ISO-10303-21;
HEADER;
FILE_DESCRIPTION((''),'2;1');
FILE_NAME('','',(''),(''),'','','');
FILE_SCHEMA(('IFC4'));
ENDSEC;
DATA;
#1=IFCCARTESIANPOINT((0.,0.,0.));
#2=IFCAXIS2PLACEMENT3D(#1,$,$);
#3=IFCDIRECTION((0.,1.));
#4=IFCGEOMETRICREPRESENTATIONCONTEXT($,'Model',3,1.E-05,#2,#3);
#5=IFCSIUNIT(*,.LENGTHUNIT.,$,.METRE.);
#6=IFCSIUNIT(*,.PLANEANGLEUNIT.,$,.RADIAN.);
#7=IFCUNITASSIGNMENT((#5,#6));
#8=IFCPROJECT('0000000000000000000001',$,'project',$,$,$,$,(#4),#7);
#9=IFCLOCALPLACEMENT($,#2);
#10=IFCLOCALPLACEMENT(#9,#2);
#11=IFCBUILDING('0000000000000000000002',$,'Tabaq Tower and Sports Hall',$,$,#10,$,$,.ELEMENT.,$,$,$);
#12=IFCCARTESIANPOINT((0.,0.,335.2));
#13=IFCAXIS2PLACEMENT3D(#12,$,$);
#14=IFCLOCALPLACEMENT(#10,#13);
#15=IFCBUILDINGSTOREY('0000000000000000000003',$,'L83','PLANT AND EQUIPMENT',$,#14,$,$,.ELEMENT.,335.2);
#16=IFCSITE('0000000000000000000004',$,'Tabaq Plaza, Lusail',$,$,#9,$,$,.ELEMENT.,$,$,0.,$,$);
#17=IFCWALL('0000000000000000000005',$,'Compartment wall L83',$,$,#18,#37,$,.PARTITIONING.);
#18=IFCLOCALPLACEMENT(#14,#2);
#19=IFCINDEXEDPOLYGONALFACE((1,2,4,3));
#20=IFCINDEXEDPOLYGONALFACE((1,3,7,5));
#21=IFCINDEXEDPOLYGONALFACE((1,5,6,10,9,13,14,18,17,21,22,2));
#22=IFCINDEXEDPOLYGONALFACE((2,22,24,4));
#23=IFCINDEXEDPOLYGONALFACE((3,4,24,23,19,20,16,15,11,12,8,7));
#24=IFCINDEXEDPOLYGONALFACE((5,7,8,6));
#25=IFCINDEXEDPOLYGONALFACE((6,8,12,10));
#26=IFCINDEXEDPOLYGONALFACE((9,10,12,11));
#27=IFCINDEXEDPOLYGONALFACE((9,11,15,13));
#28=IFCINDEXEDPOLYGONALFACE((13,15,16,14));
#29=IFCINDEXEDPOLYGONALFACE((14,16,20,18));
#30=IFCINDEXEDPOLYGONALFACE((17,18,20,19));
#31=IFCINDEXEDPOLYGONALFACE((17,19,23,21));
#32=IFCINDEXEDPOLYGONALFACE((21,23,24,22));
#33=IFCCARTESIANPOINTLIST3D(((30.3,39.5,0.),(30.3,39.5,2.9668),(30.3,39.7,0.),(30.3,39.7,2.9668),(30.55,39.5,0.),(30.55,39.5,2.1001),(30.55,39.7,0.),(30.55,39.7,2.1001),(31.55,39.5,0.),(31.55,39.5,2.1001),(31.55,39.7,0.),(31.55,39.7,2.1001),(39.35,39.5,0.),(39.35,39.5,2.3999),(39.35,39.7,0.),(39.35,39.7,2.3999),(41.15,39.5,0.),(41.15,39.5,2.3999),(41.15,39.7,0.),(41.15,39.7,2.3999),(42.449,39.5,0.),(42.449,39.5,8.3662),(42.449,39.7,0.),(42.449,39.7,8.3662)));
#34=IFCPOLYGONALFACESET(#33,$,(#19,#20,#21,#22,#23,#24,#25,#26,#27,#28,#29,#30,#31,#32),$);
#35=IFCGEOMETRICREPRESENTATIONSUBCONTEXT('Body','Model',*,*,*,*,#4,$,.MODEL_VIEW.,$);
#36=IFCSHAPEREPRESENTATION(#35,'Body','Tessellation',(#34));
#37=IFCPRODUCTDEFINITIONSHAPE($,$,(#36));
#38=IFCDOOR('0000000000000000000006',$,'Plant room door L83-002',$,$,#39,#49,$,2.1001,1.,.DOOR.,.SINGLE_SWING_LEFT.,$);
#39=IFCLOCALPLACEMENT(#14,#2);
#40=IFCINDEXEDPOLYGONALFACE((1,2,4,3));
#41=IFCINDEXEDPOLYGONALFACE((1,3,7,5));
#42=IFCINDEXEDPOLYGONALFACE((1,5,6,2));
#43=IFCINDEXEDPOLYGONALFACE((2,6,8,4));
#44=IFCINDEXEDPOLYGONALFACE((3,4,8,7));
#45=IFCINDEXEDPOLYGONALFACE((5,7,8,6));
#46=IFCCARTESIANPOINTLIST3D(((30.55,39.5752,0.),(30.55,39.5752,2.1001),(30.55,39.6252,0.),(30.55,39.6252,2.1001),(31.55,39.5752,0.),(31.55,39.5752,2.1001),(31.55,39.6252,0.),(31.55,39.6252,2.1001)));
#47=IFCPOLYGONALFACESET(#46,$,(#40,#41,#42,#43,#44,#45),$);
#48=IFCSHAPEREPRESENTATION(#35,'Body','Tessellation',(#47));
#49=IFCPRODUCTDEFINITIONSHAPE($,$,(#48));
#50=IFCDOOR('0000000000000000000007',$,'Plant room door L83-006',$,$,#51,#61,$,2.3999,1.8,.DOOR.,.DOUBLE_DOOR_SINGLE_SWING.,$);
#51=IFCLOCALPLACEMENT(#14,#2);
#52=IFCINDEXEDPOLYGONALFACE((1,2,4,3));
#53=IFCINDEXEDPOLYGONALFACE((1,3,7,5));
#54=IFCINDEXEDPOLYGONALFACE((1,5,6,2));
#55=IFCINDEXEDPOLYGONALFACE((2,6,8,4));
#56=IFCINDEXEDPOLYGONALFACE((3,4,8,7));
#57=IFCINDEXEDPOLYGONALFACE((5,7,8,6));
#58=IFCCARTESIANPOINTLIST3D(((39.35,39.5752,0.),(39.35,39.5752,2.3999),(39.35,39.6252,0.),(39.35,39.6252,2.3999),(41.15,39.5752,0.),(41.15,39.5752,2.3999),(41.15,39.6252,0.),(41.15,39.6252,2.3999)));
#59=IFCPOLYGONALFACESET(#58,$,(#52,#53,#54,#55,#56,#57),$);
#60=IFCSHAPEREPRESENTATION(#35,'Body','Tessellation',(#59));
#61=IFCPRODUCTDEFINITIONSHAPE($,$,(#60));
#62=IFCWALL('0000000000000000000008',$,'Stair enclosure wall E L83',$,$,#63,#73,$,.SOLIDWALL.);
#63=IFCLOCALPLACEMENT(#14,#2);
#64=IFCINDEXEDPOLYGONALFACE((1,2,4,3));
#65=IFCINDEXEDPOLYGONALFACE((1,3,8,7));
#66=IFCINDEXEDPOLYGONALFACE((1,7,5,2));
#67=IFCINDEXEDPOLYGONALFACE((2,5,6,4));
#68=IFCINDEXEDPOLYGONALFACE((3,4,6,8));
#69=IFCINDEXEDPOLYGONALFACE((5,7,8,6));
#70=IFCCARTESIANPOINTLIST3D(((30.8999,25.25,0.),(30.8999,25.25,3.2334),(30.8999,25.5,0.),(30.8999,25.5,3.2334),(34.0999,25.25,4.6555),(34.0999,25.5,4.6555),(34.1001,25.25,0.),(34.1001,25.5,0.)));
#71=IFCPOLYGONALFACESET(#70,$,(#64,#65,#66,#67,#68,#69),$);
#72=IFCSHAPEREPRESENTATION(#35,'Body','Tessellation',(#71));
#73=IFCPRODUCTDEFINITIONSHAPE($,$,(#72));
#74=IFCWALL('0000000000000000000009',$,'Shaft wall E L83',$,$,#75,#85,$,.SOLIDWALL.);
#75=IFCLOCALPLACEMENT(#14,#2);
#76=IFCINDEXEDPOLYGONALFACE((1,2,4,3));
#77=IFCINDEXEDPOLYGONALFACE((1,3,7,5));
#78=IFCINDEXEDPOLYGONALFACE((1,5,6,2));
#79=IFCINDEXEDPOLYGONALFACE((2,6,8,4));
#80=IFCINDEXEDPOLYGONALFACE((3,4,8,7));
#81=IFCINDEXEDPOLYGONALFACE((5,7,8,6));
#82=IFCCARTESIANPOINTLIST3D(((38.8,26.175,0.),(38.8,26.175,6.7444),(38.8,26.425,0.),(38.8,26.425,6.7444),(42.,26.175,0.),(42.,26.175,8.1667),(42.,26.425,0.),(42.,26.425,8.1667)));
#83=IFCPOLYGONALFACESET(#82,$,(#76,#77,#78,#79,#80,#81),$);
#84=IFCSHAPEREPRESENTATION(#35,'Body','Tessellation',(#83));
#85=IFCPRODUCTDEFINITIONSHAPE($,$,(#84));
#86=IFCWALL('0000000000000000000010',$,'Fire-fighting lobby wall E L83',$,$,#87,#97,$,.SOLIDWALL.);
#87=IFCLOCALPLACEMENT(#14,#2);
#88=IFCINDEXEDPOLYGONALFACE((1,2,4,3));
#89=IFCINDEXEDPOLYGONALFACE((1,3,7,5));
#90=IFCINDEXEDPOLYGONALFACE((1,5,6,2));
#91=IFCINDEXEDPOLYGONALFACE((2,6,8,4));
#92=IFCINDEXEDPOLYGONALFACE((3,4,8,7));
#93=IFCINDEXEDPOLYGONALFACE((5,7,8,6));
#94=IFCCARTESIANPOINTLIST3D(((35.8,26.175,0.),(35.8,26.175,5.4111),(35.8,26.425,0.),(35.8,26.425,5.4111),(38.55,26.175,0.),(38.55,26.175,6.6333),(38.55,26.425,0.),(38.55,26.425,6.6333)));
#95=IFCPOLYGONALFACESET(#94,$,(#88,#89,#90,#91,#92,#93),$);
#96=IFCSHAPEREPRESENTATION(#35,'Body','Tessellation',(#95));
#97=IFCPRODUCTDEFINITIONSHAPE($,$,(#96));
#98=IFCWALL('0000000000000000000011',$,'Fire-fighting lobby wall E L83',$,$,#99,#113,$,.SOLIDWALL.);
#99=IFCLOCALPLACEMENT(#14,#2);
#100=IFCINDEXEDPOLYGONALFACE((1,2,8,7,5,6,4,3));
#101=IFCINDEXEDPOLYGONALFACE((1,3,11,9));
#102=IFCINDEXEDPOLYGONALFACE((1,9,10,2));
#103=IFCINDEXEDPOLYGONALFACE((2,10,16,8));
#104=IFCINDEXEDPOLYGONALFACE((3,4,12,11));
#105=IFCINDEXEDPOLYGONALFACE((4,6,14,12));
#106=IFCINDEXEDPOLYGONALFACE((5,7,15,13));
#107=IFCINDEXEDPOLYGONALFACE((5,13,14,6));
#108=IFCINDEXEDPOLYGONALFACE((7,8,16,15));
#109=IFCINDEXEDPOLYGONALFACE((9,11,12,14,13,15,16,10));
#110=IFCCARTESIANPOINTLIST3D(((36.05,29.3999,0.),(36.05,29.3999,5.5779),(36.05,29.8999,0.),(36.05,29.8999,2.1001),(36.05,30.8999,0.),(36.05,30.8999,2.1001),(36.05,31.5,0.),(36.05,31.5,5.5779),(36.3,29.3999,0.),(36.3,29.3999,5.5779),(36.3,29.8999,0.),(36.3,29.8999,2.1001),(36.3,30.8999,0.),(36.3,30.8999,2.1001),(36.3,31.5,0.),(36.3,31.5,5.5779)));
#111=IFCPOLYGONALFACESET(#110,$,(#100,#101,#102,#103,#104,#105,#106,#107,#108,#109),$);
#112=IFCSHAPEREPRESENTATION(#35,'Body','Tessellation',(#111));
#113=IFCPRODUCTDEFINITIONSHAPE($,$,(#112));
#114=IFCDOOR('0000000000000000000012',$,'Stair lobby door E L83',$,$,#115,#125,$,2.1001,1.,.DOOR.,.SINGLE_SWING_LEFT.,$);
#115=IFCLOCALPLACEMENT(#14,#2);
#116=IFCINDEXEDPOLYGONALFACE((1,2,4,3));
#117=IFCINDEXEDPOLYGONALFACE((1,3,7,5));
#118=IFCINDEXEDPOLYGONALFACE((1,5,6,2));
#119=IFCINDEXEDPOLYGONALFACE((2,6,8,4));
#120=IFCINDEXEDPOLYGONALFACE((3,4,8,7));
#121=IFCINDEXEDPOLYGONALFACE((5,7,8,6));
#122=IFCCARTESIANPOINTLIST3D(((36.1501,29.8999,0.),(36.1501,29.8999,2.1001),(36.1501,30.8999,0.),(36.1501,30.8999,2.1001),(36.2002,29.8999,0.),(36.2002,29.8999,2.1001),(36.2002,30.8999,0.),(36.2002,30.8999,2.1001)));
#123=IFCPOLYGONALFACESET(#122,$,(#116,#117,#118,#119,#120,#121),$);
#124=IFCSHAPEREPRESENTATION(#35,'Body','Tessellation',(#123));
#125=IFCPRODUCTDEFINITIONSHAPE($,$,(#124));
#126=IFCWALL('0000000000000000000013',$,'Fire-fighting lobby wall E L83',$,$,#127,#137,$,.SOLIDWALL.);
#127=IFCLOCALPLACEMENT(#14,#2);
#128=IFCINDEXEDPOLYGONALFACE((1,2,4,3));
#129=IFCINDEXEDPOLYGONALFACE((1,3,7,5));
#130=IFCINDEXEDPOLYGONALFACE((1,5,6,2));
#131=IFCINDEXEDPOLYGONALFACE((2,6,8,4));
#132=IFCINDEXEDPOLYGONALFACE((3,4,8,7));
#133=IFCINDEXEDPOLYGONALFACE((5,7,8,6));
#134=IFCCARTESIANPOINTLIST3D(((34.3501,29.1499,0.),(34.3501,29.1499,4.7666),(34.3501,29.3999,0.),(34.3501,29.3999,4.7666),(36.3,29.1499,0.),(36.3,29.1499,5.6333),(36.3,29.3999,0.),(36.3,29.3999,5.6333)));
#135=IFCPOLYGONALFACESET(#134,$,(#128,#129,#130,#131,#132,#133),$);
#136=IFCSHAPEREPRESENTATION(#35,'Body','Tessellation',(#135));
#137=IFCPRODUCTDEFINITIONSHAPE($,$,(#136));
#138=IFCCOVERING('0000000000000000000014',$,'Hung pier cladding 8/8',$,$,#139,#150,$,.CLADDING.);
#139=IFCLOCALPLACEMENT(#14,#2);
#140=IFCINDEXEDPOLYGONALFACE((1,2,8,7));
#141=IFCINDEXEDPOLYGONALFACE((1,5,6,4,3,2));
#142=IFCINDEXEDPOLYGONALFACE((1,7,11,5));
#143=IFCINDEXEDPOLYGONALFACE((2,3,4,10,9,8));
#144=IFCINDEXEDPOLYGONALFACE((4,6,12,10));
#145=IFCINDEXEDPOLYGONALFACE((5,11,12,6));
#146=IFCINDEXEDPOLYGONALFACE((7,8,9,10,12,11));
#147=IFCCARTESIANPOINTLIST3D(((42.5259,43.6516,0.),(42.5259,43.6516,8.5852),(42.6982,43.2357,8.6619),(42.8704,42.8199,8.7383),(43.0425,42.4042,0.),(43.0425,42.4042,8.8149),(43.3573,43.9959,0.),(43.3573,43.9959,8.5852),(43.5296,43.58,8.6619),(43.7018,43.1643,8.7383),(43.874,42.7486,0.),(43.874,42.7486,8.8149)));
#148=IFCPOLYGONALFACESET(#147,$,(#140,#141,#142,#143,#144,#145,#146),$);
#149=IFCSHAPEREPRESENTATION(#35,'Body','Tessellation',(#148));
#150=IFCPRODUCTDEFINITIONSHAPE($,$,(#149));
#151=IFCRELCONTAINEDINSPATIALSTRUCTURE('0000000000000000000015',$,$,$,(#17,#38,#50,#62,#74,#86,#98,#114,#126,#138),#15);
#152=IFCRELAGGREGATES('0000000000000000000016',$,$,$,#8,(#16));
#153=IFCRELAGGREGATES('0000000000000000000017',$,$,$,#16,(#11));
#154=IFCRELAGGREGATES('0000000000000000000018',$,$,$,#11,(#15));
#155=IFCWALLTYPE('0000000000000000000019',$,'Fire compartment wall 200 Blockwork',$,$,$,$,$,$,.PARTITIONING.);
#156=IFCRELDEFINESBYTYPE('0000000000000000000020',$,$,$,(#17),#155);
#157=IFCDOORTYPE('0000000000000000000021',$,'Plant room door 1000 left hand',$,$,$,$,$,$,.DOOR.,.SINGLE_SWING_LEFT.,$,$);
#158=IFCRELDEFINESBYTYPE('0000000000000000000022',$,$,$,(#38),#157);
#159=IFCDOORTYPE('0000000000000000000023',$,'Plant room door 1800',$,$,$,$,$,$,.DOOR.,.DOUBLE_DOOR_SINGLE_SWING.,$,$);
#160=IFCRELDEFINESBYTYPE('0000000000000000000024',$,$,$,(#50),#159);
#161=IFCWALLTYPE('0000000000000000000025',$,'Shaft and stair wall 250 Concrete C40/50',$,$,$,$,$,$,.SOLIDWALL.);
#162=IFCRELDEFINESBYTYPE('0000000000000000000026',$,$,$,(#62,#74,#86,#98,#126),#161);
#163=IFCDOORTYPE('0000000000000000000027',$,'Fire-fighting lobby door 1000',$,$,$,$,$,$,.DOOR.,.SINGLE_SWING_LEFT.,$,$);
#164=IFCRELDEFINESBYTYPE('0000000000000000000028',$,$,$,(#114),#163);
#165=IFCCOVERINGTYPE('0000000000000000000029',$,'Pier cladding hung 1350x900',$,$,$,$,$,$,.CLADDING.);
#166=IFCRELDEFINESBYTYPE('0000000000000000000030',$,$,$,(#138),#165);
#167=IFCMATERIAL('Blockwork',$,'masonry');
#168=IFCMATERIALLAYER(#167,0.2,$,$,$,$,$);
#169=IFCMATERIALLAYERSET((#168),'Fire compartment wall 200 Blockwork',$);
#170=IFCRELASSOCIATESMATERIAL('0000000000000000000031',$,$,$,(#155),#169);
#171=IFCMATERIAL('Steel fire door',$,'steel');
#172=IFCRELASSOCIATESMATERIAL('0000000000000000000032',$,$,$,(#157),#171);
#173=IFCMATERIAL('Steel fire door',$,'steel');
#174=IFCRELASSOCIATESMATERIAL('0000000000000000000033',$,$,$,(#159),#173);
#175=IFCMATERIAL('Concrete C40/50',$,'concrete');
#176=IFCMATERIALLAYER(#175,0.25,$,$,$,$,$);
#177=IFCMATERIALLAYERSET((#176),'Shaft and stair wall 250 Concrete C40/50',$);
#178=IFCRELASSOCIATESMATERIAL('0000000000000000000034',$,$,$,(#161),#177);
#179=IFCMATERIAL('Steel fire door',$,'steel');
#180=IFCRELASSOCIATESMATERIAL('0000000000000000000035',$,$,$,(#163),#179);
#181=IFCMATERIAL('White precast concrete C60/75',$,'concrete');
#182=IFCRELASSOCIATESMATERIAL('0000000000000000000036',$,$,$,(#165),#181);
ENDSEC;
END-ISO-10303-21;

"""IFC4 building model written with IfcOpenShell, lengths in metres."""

from ifc_helpers import new_model, si_unit, direction, frame, frame_2d, origin, place, context, subcontext, project, spatial, polyline, rectangle, outline, extrude, material, layer, layer_set, type_object, element, fill, save


model = new_model("IFC4")

# Units and contexts
model_context = context("Model", 3, precision=1e-05, world=origin(), true_north=direction((0.0, 1.0)))
body_context = subcontext(model_context, "Body", "Model", "MODEL_VIEW")
ifc_project = project(units=[si_unit("LENGTHUNIT", "METRE"), si_unit("PLANEANGLEUNIT", "RADIAN")], contexts=[model_context])

# Site, building, storey
site_placement = place(None, origin())
site = spatial("IfcSite", under=ifc_project, at=site_placement, Name="Tabaq Plaza, Lusail", CompositionType="ELEMENT", RefElevation=0.0)
building_placement = place(site_placement, origin())
building = spatial("IfcBuilding", under=site, at=building_placement, Name="Tabaq Tower and Sports Hall", CompositionType="ELEMENT")
storey_placement = place(building_placement, frame((0.0, 0.0, 335.2)))
storey = spatial("IfcBuildingStorey", under=building, at=storey_placement, Name="L83", Description="PLANT AND EQUIPMENT", CompositionType="ELEMENT", Elevation=335.2)

# Shared definitions
ifc_material_1 = material(Name="Blockwork", Category="masonry")
ifc_layer_1 = layer(ifc_material_1, 0.2)
ifc_layer_set_1 = layer_set([ifc_layer_1], Name="Fire compartment wall 200 Blockwork")
wall_type_1 = type_object("IfcWallType", Name="Fire compartment wall 200 Blockwork", PredefinedType="PARTITIONING", material=ifc_layer_set_1)
ifc_material_2 = material(Name="Steel fire door", Category="steel")
door_type_1 = type_object("IfcDoorType", Name="Plant room door 1000 left hand", OperationType="SINGLE_SWING_LEFT", PredefinedType="DOOR", material=ifc_material_2)

# Wall, openings, doors
wall_1_placement = place(storey_placement, frame((42.449, 39.6001, 0.0), z_axis=(0.0, 0.0, 1.0), x_axis=(-1.0, 0.0, 0.0)))
wall_1 = element("IfcWall", 1, at=wall_1_placement, inside=storey, type_object=wall_type_1, Name="Compartment wall L83", PredefinedType="PARTITIONING", context=body_context, shape_type="SweptSolid", body=[
    extrude(outline(polyline([(0.0, 0.0), (12.1489, 0.0), (12.1489, 2.9668), (0.0, 8.3662), (0.0, 0.0)])), frame((0.0, 0.1001, 0.0), z_axis=(0.0, -1.0, 0.0), x_axis=(1.0, 0.0, 0.0)), (0.0, 0.0, 1.0), 0.2),
])
opening_1_placement = place(wall_1_placement, frame((10.8989, 0.0, 0.0)))
opening_1 = element("IfcOpeningElement", 2, at=opening_1_placement, cuts=wall_1, PredefinedType="OPENING", context=body_context, shape_type="SweptSolid", body=[
    extrude(rectangle(XDim=1.0, YDim=2.1001, at=frame_2d((0.5, 1.05))), frame((0.0, 0.1001, 0.0), z_axis=(0.0, -1.0, 0.0), x_axis=(1.0, 0.0, 0.0)), (0.0, 0.0, 1.0), 0.2),
])
opening_2_placement = place(wall_1_placement, frame((1.2991, 0.0, 0.0)))
opening_2 = element("IfcOpeningElement", 3, at=opening_2_placement, cuts=wall_1, PredefinedType="OPENING", context=body_context, shape_type="SweptSolid", body=[
    extrude(rectangle(XDim=1.8, YDim=2.3999, at=frame_2d((0.8999, 1.2))), frame((0.0, 0.1001, 0.0), z_axis=(0.0, -1.0, 0.0), x_axis=(1.0, 0.0, 0.0)), (0.0, 0.0, 1.0), 0.2),
])
door_1_placement = place(opening_1_placement, origin())
door_1 = element("IfcDoor", 4, at=door_1_placement, inside=storey, type_object=door_type_1, Name="Plant room door L83-002", OperationType="SINGLE_SWING_LEFT", OverallHeight=2.1001, OverallWidth=1.0, PredefinedType="DOOR", context=body_context, shape_type="SweptSolid", body=[
    extrude(rectangle(XDim=1.0, YDim=2.1001, at=frame_2d((0.5, 1.05))), frame((0.0, 0.0249, 0.0), z_axis=(0.0, -1.0, 0.0), x_axis=(1.0, 0.0, 0.0)), (0.0, 0.0, 1.0), 0.05),
])
fill(opening_1, door_1)
ifc_material_3 = material(Name="Steel fire door", Category="steel")
door_type_2 = type_object("IfcDoorType", Name="Plant room door 1800", OperationType="DOUBLE_DOOR_SINGLE_SWING", PredefinedType="DOOR", material=ifc_material_3)
door_2_placement = place(opening_2_placement, origin())
door_2 = element("IfcDoor", 5, at=door_2_placement, inside=storey, type_object=door_type_2, Name="Plant room door L83-006", OperationType="DOUBLE_DOOR_SINGLE_SWING", OverallHeight=2.3999, OverallWidth=1.8, PredefinedType="DOOR", context=body_context, shape_type="SweptSolid", body=[
    extrude(rectangle(XDim=1.8, YDim=2.3999, at=frame_2d((0.8999, 1.2))), frame((0.0, 0.0249, 0.0), z_axis=(0.0, -1.0, 0.0), x_axis=(1.0, 0.0, 0.0)), (0.0, 0.0, 1.0), 0.05),
])
fill(opening_2, door_2)

# Walls
ifc_material_4 = material(Name="Concrete C40/50", Category="concrete")
ifc_layer_2 = layer(ifc_material_4, 0.25)
ifc_layer_set_2 = layer_set([ifc_layer_2], Name="Shaft and stair wall 250 Concrete C40/50")
wall_type_2 = type_object("IfcWallType", Name="Shaft and stair wall 250 Concrete C40/50", PredefinedType="SOLIDWALL", material=ifc_layer_set_2)
wall_2_placement = place(storey_placement, frame((30.8999, 25.375, 0.0), z_axis=(0.0, 0.0, 1.0), x_axis=(1.0, 0.0, 0.0)))
element("IfcWall", 6, at=wall_2_placement, inside=storey, type_object=wall_type_2, Name="Stair enclosure wall E L83", PredefinedType="SOLIDWALL", context=body_context, shape_type="SweptSolid", body=[
    extrude(outline(polyline([(0.0, 0.0), (3.2002, 0.0), (3.2, 4.6555), (0.0, 3.2334), (0.0, 0.0)])), frame((0.0, 0.125, 0.0), z_axis=(0.0, -1.0, 0.0), x_axis=(1.0, 0.0, 0.0)), (0.0, 0.0, 1.0), 0.25),
])
wall_3_placement = place(storey_placement, frame((38.8, 26.3, 0.0), z_axis=(0.0, 0.0, 1.0), x_axis=(1.0, 0.0, 0.0)))
element("IfcWall", 7, at=wall_3_placement, inside=storey, type_object=wall_type_2, Name="Shaft wall E L83", PredefinedType="SOLIDWALL", context=body_context, shape_type="SweptSolid", body=[
    extrude(outline(polyline([(0.0, 0.0), (3.2, 0.0), (3.2, 8.1667), (0.0, 6.7444), (0.0, 0.0)])), frame((0.0, 0.125, 0.0), z_axis=(0.0, -1.0, 0.0), x_axis=(1.0, 0.0, 0.0)), (0.0, 0.0, 1.0), 0.25),
])
wall_4_placement = place(storey_placement, frame((35.8, 26.3, 0.0), z_axis=(0.0, 0.0, 1.0), x_axis=(1.0, 0.0, 0.0)))
element("IfcWall", 8, at=wall_4_placement, inside=storey, type_object=wall_type_2, Name="Fire-fighting lobby wall E L83", PredefinedType="SOLIDWALL", context=body_context, shape_type="SweptSolid", body=[
    extrude(outline(polyline([(0.0, 0.0), (2.75, 0.0), (2.75, 6.6333), (0.0, 5.4111), (0.0, 0.0)])), frame((0.0, 0.125, 0.0), z_axis=(0.0, -1.0, 0.0), x_axis=(1.0, 0.0, 0.0)), (0.0, 0.0, 1.0), 0.25),
])

# Wall, opening, door
wall_5_placement = place(storey_placement, frame((36.175, 29.3999, 0.0), z_axis=(0.0, 0.0, 1.0), x_axis=(0.0, 1.0, 0.0)))
wall_5 = element("IfcWall", 9, at=wall_5_placement, inside=storey, type_object=wall_type_2, Name="Fire-fighting lobby wall E L83", PredefinedType="SOLIDWALL", context=body_context, shape_type="SweptSolid", body=[
    extrude(rectangle(XDim=2.1001, YDim=0.25, at=frame_2d((1.05, 0.0))), origin(), (0.0, 0.0, 1.0), 5.5779),
])
opening_3_placement = place(wall_5_placement, frame((0.5, 0.0, 0.0)))
opening_3 = element("IfcOpeningElement", 10, at=opening_3_placement, cuts=wall_5, PredefinedType="OPENING", context=body_context, shape_type="SweptSolid", body=[
    extrude(rectangle(XDim=1.0, YDim=2.1001, at=frame_2d((0.5, 1.05))), frame((0.0, 0.125, 0.0), z_axis=(0.0, -1.0, 0.0), x_axis=(1.0, 0.0, 0.0)), (0.0, 0.0, 1.0), 0.25),
])
ifc_material_5 = material(Name="Steel fire door", Category="steel")
door_type_3 = type_object("IfcDoorType", Name="Fire-fighting lobby door 1000", OperationType="SINGLE_SWING_LEFT", PredefinedType="DOOR", material=ifc_material_5)
door_3_placement = place(opening_3_placement, origin())
door_3 = element("IfcDoor", 11, at=door_3_placement, inside=storey, type_object=door_type_3, Name="Stair lobby door E L83", OperationType="SINGLE_SWING_LEFT", OverallHeight=2.1001, OverallWidth=1.0, PredefinedType="DOOR", context=body_context, shape_type="SweptSolid", body=[
    extrude(rectangle(XDim=1.0, YDim=2.1001, at=frame_2d((0.5, 1.05))), frame((0.0, 0.0249, 0.0), z_axis=(0.0, -1.0, 0.0), x_axis=(1.0, 0.0, 0.0)), (0.0, 0.0, 1.0), 0.05),
])
fill(opening_3, door_3)

# Wall
wall_6_placement = place(storey_placement, frame((34.3501, 29.2749, 0.0), z_axis=(0.0, 0.0, 1.0), x_axis=(1.0, 0.0, 0.0)))
element("IfcWall", 12, at=wall_6_placement, inside=storey, type_object=wall_type_2, Name="Fire-fighting lobby wall E L83", PredefinedType="SOLIDWALL", context=body_context, shape_type="SweptSolid", body=[
    extrude(outline(polyline([(0.0, 0.0), (1.95, 0.0), (1.95, 5.6333), (0.0, 4.7666), (0.0, 0.0)])), frame((0.0, 0.125, 0.0), z_axis=(0.0, -1.0, 0.0), x_axis=(1.0, 0.0, 0.0)), (0.0, 0.0, 1.0), 0.25),
])

# Covering
ifc_material_6 = material(Name="White precast concrete C60/75", Category="concrete")
covering_type_1 = type_object("IfcCoveringType", Name="Pier cladding hung 1350x900", PredefinedType="CLADDING", material=ifc_material_6)
covering_1_placement = place(storey_placement, frame((43.4583, 42.5764, 0.0), z_axis=(0.0, 0.0, 1.0), x_axis=(-0.38265, 0.923893, 0.0)))
element("IfcCovering", 13, at=covering_1_placement, inside=storey, type_object=covering_type_1, Name="Hung pier cladding 8/8", PredefinedType="CLADDING", context=body_context, shape_type="SweptSolid", body=[
    extrude(outline(polyline([(0.0, 0.0), (1.3501, 0.0), (1.3501, 8.5852), (0.8999, 8.6619), (0.45, 8.7383), (0.0, 8.8149), (0.0, 0.0)])), frame((0.0, 0.45, 0.0), z_axis=(0.0, -1.0, 0.0), x_axis=(1.0, 0.0, 0.0)), (0.0, 0.0, 1.0), 0.8999),
])

save(model, "model.ifc")
